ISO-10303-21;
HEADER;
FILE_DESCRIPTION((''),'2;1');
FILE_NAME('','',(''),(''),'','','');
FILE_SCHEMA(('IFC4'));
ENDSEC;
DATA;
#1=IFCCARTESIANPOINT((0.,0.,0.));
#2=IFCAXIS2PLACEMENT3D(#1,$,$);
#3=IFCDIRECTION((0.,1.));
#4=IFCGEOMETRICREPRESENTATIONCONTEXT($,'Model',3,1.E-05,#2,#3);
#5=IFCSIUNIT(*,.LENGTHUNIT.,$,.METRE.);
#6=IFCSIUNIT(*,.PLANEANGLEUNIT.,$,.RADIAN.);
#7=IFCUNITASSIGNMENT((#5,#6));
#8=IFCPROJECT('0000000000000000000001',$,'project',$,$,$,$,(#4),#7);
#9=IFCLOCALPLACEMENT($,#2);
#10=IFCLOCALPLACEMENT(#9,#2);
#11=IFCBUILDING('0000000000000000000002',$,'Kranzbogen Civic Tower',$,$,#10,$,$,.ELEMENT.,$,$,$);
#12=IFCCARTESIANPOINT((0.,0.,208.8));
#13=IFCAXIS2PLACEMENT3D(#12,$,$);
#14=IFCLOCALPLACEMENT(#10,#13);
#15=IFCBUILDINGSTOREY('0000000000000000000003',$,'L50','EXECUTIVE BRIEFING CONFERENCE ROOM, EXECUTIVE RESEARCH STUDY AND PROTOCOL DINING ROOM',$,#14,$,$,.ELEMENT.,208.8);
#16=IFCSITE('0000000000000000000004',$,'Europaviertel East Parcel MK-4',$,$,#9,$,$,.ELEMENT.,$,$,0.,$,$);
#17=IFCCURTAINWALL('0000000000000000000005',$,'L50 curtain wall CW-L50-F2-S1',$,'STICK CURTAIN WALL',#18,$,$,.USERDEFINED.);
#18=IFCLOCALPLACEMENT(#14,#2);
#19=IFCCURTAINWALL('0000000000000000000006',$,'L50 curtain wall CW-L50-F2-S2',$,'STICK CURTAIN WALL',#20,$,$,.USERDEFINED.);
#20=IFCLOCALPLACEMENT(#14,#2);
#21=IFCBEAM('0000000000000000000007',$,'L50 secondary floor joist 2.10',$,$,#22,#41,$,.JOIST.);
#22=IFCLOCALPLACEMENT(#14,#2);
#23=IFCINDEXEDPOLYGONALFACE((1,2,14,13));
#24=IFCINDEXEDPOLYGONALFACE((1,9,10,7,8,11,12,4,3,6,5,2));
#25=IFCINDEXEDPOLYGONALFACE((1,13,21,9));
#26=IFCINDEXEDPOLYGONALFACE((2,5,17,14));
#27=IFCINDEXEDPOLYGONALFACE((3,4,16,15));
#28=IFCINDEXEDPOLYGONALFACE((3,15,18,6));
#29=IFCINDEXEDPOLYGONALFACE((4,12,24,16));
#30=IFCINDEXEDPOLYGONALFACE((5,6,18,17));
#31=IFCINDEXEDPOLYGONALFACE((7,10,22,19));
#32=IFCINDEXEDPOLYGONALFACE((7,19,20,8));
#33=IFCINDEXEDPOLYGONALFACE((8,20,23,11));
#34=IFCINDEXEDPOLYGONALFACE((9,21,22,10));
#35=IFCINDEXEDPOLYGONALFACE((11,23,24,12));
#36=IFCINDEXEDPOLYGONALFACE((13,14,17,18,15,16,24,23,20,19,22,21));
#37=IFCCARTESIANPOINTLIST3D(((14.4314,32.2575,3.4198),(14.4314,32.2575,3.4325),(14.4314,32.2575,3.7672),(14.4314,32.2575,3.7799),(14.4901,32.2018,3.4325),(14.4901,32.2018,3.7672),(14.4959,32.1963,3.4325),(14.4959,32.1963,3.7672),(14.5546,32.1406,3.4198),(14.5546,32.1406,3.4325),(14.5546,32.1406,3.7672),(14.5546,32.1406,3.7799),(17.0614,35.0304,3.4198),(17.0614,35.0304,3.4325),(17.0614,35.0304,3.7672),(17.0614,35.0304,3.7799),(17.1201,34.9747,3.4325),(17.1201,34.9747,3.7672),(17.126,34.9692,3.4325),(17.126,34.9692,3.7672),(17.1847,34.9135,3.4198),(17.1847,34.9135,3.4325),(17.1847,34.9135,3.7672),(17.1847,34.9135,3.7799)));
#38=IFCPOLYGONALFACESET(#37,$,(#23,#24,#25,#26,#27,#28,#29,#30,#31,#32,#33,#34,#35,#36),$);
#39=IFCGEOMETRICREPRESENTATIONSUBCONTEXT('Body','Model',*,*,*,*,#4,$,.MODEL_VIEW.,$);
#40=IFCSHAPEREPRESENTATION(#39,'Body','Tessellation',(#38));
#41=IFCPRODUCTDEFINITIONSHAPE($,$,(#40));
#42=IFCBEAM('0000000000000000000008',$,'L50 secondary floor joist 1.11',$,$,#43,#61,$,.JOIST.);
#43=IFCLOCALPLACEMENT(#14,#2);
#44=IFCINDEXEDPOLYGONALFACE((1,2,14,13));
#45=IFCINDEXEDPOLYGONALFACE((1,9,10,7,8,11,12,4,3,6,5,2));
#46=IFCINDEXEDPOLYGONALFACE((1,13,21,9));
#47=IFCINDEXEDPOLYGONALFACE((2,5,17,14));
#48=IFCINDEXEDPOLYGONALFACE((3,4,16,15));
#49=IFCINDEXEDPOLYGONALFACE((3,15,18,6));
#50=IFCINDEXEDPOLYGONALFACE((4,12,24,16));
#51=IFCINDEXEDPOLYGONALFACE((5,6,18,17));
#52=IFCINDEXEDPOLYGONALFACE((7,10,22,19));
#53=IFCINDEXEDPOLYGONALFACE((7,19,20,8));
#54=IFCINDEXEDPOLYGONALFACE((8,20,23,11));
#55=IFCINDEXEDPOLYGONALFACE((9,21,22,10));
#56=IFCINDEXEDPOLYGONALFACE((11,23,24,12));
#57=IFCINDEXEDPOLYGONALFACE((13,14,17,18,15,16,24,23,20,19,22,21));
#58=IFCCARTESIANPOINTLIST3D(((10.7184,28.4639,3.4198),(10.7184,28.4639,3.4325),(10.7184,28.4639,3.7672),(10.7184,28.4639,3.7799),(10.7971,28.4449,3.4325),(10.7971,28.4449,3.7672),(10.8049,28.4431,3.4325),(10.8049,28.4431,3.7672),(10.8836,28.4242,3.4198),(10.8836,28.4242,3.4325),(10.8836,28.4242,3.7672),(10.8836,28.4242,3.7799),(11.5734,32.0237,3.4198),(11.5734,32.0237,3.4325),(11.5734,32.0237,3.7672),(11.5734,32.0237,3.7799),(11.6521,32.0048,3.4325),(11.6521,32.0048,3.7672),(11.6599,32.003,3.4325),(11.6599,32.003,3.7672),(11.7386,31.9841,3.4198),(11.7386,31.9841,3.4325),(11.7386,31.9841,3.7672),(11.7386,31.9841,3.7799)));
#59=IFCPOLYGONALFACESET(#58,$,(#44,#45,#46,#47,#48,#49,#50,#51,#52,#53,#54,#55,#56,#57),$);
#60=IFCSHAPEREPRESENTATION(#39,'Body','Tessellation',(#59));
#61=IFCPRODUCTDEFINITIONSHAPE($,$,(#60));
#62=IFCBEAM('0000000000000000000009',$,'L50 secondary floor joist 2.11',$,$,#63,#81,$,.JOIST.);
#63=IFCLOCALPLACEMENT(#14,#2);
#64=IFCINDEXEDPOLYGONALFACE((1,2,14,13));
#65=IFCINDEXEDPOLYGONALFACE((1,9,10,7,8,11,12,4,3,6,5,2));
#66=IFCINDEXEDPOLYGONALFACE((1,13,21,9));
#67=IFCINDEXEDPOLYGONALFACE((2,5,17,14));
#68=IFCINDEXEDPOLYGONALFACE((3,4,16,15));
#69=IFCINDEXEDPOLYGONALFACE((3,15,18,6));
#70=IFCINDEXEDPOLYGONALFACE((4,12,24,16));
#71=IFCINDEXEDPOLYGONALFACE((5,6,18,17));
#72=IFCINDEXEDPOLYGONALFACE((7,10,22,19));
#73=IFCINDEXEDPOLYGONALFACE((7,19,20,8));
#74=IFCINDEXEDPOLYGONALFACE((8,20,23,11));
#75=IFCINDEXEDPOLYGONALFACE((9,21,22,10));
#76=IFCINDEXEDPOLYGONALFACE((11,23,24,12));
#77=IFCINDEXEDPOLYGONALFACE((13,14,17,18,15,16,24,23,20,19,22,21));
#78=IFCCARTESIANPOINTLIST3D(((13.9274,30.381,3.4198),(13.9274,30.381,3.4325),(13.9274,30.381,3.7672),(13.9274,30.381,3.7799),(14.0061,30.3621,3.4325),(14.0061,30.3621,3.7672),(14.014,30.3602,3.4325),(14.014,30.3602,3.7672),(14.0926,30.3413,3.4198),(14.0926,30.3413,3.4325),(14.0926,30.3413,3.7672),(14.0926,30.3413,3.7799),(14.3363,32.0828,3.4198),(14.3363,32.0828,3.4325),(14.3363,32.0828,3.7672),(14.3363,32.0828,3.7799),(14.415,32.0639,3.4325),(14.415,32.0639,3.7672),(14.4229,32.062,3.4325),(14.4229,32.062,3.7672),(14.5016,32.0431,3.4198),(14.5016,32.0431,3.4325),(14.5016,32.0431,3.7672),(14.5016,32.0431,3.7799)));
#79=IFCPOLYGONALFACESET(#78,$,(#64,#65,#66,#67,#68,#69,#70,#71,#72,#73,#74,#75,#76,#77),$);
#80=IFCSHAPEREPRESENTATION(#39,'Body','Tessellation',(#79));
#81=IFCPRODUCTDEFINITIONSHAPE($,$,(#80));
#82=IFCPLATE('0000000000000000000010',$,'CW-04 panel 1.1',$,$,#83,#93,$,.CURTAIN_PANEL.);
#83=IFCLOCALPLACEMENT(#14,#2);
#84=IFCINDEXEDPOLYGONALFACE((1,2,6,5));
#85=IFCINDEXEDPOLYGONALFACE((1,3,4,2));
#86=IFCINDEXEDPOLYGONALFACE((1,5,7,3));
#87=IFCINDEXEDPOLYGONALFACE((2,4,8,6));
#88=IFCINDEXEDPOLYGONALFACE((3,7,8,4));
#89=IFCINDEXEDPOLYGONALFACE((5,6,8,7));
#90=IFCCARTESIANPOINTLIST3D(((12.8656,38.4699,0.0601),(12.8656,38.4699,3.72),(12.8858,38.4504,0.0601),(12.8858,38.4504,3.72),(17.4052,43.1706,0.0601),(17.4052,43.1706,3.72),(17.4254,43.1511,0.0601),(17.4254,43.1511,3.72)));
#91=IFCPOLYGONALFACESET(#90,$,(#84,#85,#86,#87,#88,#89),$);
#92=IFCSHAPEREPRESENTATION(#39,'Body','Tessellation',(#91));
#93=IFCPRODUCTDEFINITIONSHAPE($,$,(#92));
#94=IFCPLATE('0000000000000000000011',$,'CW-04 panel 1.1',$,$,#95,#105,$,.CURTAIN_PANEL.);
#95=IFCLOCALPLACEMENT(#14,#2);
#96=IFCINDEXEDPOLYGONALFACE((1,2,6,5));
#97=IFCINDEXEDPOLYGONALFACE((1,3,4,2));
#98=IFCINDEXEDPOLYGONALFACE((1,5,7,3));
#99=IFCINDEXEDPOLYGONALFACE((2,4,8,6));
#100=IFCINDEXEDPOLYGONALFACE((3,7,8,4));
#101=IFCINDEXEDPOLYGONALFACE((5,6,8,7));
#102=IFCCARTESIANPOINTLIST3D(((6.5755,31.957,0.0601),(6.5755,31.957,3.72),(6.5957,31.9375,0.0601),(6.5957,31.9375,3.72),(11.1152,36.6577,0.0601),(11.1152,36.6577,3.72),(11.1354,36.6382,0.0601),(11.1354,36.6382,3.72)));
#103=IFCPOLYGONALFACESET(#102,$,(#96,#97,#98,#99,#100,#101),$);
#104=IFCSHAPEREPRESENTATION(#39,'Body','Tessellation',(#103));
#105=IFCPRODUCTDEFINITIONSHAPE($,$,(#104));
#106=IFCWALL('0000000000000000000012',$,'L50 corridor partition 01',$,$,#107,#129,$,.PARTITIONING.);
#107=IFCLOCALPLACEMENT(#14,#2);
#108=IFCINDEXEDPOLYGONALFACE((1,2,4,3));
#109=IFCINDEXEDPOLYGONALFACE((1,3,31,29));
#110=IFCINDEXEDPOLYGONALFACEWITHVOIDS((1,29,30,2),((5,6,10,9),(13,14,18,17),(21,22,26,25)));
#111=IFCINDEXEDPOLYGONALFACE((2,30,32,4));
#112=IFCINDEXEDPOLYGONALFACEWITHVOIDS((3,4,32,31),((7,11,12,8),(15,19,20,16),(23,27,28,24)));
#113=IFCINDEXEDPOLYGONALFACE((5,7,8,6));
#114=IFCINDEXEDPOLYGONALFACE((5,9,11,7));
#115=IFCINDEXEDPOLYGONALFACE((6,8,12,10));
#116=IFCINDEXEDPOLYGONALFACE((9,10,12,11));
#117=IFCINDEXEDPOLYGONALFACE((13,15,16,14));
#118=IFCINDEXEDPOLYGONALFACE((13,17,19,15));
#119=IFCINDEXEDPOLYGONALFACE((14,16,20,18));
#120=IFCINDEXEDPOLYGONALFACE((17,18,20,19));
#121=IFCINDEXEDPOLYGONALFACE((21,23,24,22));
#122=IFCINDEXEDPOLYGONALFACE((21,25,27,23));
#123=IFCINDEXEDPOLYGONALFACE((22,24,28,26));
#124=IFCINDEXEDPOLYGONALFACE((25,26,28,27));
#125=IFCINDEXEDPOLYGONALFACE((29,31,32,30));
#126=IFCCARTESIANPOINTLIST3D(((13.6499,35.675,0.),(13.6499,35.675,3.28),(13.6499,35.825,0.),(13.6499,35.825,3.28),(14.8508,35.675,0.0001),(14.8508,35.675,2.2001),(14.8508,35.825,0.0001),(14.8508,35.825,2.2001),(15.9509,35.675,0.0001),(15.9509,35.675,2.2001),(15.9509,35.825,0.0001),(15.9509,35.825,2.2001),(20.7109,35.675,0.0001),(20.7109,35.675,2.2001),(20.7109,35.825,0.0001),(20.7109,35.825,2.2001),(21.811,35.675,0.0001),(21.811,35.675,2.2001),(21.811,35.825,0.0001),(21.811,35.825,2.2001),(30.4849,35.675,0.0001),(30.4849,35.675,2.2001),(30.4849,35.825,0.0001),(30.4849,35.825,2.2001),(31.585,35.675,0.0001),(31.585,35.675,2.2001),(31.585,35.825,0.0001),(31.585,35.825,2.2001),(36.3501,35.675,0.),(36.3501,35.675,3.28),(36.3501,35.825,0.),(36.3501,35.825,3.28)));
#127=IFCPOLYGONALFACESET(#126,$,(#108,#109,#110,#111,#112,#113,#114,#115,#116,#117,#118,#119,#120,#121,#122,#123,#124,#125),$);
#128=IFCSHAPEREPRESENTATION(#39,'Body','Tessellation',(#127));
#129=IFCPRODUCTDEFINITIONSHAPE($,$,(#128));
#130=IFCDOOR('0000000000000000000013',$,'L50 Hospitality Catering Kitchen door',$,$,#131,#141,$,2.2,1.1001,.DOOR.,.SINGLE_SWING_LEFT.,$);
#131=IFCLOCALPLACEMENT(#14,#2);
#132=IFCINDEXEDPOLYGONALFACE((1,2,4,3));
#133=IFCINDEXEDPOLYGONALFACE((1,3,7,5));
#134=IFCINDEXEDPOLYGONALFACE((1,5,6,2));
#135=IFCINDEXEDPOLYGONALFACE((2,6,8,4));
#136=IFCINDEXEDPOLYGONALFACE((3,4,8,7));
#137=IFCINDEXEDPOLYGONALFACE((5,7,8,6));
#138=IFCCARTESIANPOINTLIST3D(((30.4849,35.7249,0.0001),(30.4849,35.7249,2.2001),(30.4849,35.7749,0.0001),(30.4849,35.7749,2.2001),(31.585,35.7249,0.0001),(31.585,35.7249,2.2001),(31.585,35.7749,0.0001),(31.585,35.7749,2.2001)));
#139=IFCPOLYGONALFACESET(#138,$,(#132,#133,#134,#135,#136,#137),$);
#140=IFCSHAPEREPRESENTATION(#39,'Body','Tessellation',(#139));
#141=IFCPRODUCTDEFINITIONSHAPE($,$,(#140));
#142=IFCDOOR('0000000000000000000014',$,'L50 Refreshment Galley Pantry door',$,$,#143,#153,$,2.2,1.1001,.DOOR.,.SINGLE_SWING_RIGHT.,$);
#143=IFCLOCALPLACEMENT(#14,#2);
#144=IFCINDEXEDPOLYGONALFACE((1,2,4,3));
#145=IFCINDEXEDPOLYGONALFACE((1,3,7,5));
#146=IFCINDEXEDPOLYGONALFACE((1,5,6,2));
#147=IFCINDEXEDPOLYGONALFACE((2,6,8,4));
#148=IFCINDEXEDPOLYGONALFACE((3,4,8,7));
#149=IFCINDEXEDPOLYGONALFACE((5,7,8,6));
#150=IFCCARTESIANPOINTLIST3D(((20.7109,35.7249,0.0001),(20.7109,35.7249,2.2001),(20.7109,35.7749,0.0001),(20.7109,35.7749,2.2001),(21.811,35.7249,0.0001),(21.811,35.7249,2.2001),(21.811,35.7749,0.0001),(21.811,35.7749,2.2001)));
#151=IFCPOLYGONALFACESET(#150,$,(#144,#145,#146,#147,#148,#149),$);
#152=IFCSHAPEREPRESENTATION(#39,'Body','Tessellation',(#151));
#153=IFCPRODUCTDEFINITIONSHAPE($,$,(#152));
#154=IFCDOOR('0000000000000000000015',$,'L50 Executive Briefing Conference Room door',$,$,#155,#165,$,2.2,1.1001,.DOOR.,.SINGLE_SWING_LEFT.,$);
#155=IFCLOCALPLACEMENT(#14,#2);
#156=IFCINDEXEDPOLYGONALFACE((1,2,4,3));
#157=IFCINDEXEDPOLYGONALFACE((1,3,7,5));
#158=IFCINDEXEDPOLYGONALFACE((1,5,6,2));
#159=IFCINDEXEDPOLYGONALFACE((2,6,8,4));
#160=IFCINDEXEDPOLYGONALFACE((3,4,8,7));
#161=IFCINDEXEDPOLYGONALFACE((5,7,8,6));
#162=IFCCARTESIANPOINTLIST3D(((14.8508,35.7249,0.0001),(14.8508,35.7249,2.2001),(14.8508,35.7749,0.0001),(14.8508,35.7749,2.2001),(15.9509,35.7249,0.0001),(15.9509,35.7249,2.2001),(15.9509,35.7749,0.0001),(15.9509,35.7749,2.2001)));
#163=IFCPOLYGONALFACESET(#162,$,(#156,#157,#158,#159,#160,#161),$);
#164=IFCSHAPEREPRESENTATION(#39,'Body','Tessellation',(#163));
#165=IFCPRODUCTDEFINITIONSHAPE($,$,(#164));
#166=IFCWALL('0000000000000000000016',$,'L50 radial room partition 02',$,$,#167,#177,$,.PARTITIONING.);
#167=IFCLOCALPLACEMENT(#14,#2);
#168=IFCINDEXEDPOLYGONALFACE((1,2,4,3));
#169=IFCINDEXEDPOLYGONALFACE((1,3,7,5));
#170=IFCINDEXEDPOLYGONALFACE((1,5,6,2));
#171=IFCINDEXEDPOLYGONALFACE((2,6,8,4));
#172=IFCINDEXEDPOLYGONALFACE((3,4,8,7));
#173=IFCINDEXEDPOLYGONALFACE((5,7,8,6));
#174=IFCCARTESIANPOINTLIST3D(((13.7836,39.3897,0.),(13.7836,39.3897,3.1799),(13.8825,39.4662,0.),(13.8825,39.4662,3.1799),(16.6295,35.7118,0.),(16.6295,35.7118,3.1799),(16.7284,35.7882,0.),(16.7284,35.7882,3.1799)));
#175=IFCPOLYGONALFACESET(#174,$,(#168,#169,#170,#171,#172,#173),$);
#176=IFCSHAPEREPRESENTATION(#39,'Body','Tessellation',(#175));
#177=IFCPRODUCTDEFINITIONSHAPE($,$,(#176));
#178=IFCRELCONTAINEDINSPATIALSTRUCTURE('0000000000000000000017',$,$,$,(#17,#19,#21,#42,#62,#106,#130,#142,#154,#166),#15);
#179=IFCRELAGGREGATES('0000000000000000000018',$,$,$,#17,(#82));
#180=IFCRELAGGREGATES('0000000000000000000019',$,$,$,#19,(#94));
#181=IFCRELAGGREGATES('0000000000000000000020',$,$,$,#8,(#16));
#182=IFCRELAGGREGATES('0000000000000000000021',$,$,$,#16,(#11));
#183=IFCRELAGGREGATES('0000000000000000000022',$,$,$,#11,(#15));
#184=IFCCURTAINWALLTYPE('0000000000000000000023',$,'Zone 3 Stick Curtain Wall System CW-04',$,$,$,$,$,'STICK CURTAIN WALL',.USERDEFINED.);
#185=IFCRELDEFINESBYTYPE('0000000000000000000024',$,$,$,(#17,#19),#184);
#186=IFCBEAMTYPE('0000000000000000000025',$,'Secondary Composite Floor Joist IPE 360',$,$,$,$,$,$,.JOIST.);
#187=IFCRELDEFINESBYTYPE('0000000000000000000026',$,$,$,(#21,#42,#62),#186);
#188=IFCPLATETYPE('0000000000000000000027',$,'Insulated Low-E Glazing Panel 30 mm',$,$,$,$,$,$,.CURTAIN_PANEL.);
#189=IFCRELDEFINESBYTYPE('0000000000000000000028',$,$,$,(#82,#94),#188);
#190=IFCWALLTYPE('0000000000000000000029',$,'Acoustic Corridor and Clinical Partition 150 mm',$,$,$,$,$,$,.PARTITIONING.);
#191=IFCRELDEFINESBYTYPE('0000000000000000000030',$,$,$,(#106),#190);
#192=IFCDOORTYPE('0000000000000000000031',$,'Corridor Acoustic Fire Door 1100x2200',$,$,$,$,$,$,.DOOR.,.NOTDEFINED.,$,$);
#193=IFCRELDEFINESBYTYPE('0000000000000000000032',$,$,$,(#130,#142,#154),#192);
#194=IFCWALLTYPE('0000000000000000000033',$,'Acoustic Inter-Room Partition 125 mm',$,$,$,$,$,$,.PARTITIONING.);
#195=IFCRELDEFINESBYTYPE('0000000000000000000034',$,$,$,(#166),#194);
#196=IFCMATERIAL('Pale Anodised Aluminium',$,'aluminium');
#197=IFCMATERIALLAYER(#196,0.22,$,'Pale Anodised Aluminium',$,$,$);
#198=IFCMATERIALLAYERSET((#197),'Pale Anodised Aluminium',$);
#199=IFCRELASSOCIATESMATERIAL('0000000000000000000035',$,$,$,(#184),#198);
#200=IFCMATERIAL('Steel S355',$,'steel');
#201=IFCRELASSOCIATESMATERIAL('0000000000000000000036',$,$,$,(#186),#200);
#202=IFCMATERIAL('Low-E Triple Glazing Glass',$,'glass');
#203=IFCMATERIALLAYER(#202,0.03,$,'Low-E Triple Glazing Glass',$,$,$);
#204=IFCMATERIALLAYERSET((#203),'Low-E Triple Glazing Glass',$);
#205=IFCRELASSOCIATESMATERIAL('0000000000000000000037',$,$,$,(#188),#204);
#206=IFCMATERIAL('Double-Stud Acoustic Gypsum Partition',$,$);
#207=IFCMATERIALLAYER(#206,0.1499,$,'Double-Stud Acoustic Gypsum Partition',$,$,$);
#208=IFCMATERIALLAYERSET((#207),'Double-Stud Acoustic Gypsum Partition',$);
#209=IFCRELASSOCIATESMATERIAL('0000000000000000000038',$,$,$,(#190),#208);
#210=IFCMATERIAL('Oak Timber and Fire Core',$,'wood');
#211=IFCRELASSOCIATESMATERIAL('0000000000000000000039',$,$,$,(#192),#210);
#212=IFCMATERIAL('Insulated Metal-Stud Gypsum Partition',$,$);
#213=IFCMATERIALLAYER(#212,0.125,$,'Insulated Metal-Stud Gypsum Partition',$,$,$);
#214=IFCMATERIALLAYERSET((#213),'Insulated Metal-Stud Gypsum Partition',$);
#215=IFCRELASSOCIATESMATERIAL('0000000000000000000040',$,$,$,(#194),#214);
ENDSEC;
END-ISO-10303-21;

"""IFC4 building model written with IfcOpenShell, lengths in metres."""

from ifc_helpers import new_model, si_unit, direction, frame, frame_2d, origin, origin_2d, place, context, subcontext, project, spatial, rectangle, i_section, extrude, material, layer, layer_set, material_profile, profile_set, type_object, element, fill, aggregate, save


model = new_model("IFC4")

# Units and contexts
model_context = context("Model", 3, precision=1e-05, world=origin(), true_north=direction((0.0, 1.0)))
body_context = subcontext(model_context, "Body", "Model", "MODEL_VIEW")
ifc_project = project(units=[si_unit("LENGTHUNIT", "METRE"), si_unit("PLANEANGLEUNIT", "RADIAN")], contexts=[model_context])

# Site, building, storey
site_placement = place(None, origin())
site = spatial("IfcSite", under=ifc_project, at=site_placement, Name="Europaviertel East Parcel MK-4", CompositionType="ELEMENT", RefElevation=0.0)
building_placement = place(site_placement, origin())
building = spatial("IfcBuilding", under=site, at=building_placement, Name="Kranzbogen Civic Tower", CompositionType="ELEMENT")
storey_placement = place(building_placement, frame((0.0, 0.0, 208.8)))
storey = spatial("IfcBuildingStorey", under=building, at=storey_placement, Name="L50", Description="EXECUTIVE BRIEFING CONFERENCE ROOM, EXECUTIVE RESEARCH STUDY AND PROTOCOL DINING ROOM", CompositionType="ELEMENT", Elevation=208.8)

# Shared definitions
ifc_material_1 = material(Name="Steel S355", Category="steel")

# Shared definitions
ifc_material_2 = material(Name="Pale Anodised Aluminium", Category="aluminium")
ifc_layer_1 = layer(ifc_material_2, 0.22, Name="Pale Anodised Aluminium")
ifc_layer_set_1 = layer_set([ifc_layer_1], Name="Pale Anodised Aluminium")
curtain_wall_type = type_object("IfcCurtainWallType", Name="Zone 3 Stick Curtain Wall System CW-04", ElementType="STICK CURTAIN WALL", PredefinedType="USERDEFINED", material=ifc_layer_set_1)

# Curtain wall
curtain_wall_1_placement = place(storey_placement, origin())
curtain_wall_1 = element("IfcCurtainWall", 1, at=curtain_wall_1_placement, inside=storey, type_object=curtain_wall_type, Name="L50 curtain wall CW-L50-F2-S1", ObjectType="STICK CURTAIN WALL", PredefinedType="USERDEFINED")

# Curtain wall
curtain_wall_2_placement = place(storey_placement, origin())
curtain_wall_2 = element("IfcCurtainWall", 2, at=curtain_wall_2_placement, inside=storey, type_object=curtain_wall_type, Name="L50 curtain wall CW-L50-F2-S2", ObjectType="STICK CURTAIN WALL", PredefinedType="USERDEFINED")

# Beams
ifc_material_profile_1 = material_profile(ifc_material_1, i_section(OverallWidth=0.1699, OverallDepth=0.3601, WebThickness=0.0081, FlangeThickness=0.0127, at=origin_2d()), Name="IPE 360")
ifc_profile_set_1 = profile_set([ifc_material_profile_1], Name="Steel S355")
beam_type_1 = type_object("IfcBeamType", Name="Secondary Composite Floor Joist IPE 360", PredefinedType="JOIST", material=ifc_profile_set_1)
beam_1_placement = place(storey_placement, frame((17.123, 34.9719, 3.5999), z_axis=(-0.688175, -0.725545, 0.0), x_axis=(0.725545, -0.688175, 0.0)))
element("IfcBeam", 3, at=beam_1_placement, inside=storey, type_object=beam_type_1, Name="L50 secondary floor joist 2.10", PredefinedType="JOIST", context=body_context, shape_type="SweptSolid", body=[
    extrude(i_section(OverallWidth=0.1699, OverallDepth=0.3601, WebThickness=0.0081, FlangeThickness=0.0127, at=origin_2d()), origin(), (0.0, 0.0, 1.0), 3.8218),
])
beam_2_placement = place(storey_placement, frame((11.656, 32.0039, 3.5999), z_axis=(-0.233534, -0.972349, 0.0), x_axis=(0.972349, -0.233534, 0.0)))
element("IfcBeam", 4, at=beam_2_placement, inside=storey, type_object=beam_type_1, Name="L50 secondary floor joist 1.11", PredefinedType="JOIST", context=body_context, shape_type="SweptSolid", body=[
    extrude(i_section(OverallWidth=0.1699, OverallDepth=0.3601, WebThickness=0.0081, FlangeThickness=0.0127, at=origin_2d()), origin(), (0.0, 0.0, 1.0), 3.6611),
])
beam_3_placement = place(storey_placement, frame((14.4189, 32.063, 3.5999), z_axis=(-0.233631, -0.972325, 0.0), x_axis=(0.972325, -0.233631, 0.0)))
element("IfcBeam", 5, at=beam_3_placement, inside=storey, type_object=beam_type_1, Name="L50 secondary floor joist 2.11", PredefinedType="JOIST", context=body_context, shape_type="SweptSolid", body=[
    extrude(i_section(OverallWidth=0.1699, OverallDepth=0.3601, WebThickness=0.0081, FlangeThickness=0.0127, at=origin_2d()), origin(), (0.0, 0.0, 1.0), 1.7502),
])

# Plates
ifc_material_3 = material(Name="Low-E Triple Glazing Glass", Category="glass")
ifc_layer_2 = layer(ifc_material_3, 0.03, Name="Low-E Triple Glazing Glass")
ifc_layer_set_2 = layer_set([ifc_layer_2], Name="Low-E Triple Glazing Glass")
plate_type = type_object("IfcPlateType", Name="Insulated Low-E Glazing Panel 30 mm", PredefinedType="CURTAIN_PANEL", material=ifc_layer_set_2)
plate_1_placement = place(storey_placement, frame((15.1455, 40.8105, 0.0601), z_axis=(0.0, 0.0, 1.0), x_axis=(-0.694678, -0.719321, 0.0)))
plate_1 = element("IfcPlate", 6, at=plate_1_placement, type_object=plate_type, Name="CW-04 panel 1.1", PredefinedType="CURTAIN_PANEL", context=body_context, shape_type="SweptSolid", body=[
    extrude(rectangle(XDim=6.5349, YDim=0.0281, at=origin_2d()), origin(), (0.0, 0.0, 1.0), 3.6599),
])
aggregate(curtain_wall_1, [plate_1])
plate_2_placement = place(storey_placement, frame((8.8555, 34.2976, 0.0601), z_axis=(0.0, 0.0, 1.0), x_axis=(-0.694678, -0.719321, 0.0)))
plate_2 = element("IfcPlate", 7, at=plate_2_placement, type_object=plate_type, Name="CW-04 panel 1.1", PredefinedType="CURTAIN_PANEL", context=body_context, shape_type="SweptSolid", body=[
    extrude(rectangle(XDim=6.5349, YDim=0.0281, at=origin_2d()), origin(), (0.0, 0.0, 1.0), 3.6599),
])
aggregate(curtain_wall_2, [plate_2])

# Wall, openings, doors
ifc_material_4 = material(Name="Double-Stud Acoustic Gypsum Partition")
ifc_layer_3 = layer(ifc_material_4, 0.1499, Name="Double-Stud Acoustic Gypsum Partition")
ifc_layer_set_3 = layer_set([ifc_layer_3], Name="Double-Stud Acoustic Gypsum Partition")
wall_type_1 = type_object("IfcWallType", Name="Acoustic Corridor and Clinical Partition 150 mm", PredefinedType="PARTITIONING", material=ifc_layer_set_3)
wall_1_placement = place(storey_placement, frame((13.6499, 35.75, 0.0), z_axis=(0.0, 0.0, 1.0), x_axis=(1.0, 0.0, 0.0)))
wall_1 = element("IfcWall", 8, at=wall_1_placement, inside=storey, type_object=wall_type_1, Name="L50 corridor partition 01", PredefinedType="PARTITIONING", context=body_context, shape_type="SweptSolid", body=[
    extrude(rectangle(XDim=22.7002, YDim=0.1499, at=frame_2d((11.3501, 0.0))), origin(), (0.0, 0.0, 1.0), 3.28),
])
opening_1_placement = place(wall_1_placement, frame((16.835, 0.0, 0.0)))
opening_1 = element("IfcOpeningElement", 9, at=opening_1_placement, cuts=wall_1, PredefinedType="OPENING", context=body_context, shape_type="SweptSolid", body=[
    extrude(rectangle(XDim=1.1001, YDim=2.2, at=frame_2d((0.55, 1.1001))), frame((0.0, 0.085, 0.0), z_axis=(0.0, -1.0, 0.0), x_axis=(1.0, 0.0, 0.0)), (0.0, 0.0, 1.0), 0.1699),
])
opening_2_placement = place(wall_1_placement, frame((7.061, 0.0, 0.0)))
opening_2 = element("IfcOpeningElement", 10, at=opening_2_placement, cuts=wall_1, PredefinedType="OPENING", context=body_context, shape_type="SweptSolid", body=[
    extrude(rectangle(XDim=1.1001, YDim=2.2, at=frame_2d((0.55, 1.1001))), frame((0.0, 0.085, 0.0), z_axis=(0.0, -1.0, 0.0), x_axis=(1.0, 0.0, 0.0)), (0.0, 0.0, 1.0), 0.1699),
])
opening_3_placement = place(wall_1_placement, frame((1.2009, 0.0, 0.0)))
opening_3 = element("IfcOpeningElement", 11, at=opening_3_placement, cuts=wall_1, PredefinedType="OPENING", context=body_context, shape_type="SweptSolid", body=[
    extrude(rectangle(XDim=1.1001, YDim=2.2, at=frame_2d((0.55, 1.1001))), frame((0.0, 0.085, 0.0), z_axis=(0.0, -1.0, 0.0), x_axis=(1.0, 0.0, 0.0)), (0.0, 0.0, 1.0), 0.1699),
])
ifc_material_5 = material(Name="Oak Timber and Fire Core", Category="wood")
door_type_1 = type_object("IfcDoorType", Name="Corridor Acoustic Fire Door 1100x2200", OperationType="NOTDEFINED", PredefinedType="DOOR", material=ifc_material_5)
door_1_placement = place(opening_1_placement, origin())
door_1 = element("IfcDoor", 12, at=door_1_placement, inside=storey, type_object=door_type_1, Name="L50 Hospitality Catering Kitchen door", OperationType="SINGLE_SWING_LEFT", OverallHeight=2.2, OverallWidth=1.1001, PredefinedType="DOOR", context=body_context, shape_type="SweptSolid", body=[
    extrude(rectangle(XDim=1.1001, YDim=2.2, at=frame_2d((0.55, 1.1001))), frame((0.0, 0.0249, 0.0), z_axis=(0.0, -1.0, 0.0), x_axis=(1.0, 0.0, 0.0)), (0.0, 0.0, 1.0), 0.05),
])
fill(opening_1, door_1)
door_2_placement = place(opening_2_placement, origin())
door_2 = element("IfcDoor", 13, at=door_2_placement, inside=storey, type_object=door_type_1, Name="L50 Refreshment Galley Pantry door", OperationType="SINGLE_SWING_RIGHT", OverallHeight=2.2, OverallWidth=1.1001, PredefinedType="DOOR", context=body_context, shape_type="SweptSolid", body=[
    extrude(rectangle(XDim=1.1001, YDim=2.2, at=frame_2d((0.55, 1.1001))), frame((0.0, 0.0249, 0.0), z_axis=(0.0, -1.0, 0.0), x_axis=(1.0, 0.0, 0.0)), (0.0, 0.0, 1.0), 0.05),
])
fill(opening_2, door_2)
door_3_placement = place(opening_3_placement, origin())
door_3 = element("IfcDoor", 14, at=door_3_placement, inside=storey, type_object=door_type_1, Name="L50 Executive Briefing Conference Room door", OperationType="SINGLE_SWING_LEFT", OverallHeight=2.2, OverallWidth=1.1001, PredefinedType="DOOR", context=body_context, shape_type="SweptSolid", body=[
    extrude(rectangle(XDim=1.1001, YDim=2.2, at=frame_2d((0.55, 1.1001))), frame((0.0, 0.0249, 0.0), z_axis=(0.0, -1.0, 0.0), x_axis=(1.0, 0.0, 0.0)), (0.0, 0.0, 1.0), 0.05),
])
fill(opening_3, door_3)

# Wall
ifc_material_6 = material(Name="Insulated Metal-Stud Gypsum Partition")
ifc_layer_4 = layer(ifc_material_6, 0.125, Name="Insulated Metal-Stud Gypsum Partition")
ifc_layer_set_4 = layer_set([ifc_layer_4], Name="Insulated Metal-Stud Gypsum Partition")
wall_type_2 = type_object("IfcWallType", Name="Acoustic Inter-Room Partition 125 mm", PredefinedType="PARTITIONING", material=ifc_layer_set_4)
wall_2_placement = place(storey_placement, frame((16.679, 35.75, 0.0), z_axis=(0.0, 0.0, 1.0), x_axis=(-0.611969, 0.790882, 0.0)))
element("IfcWall", 15, at=wall_2_placement, inside=storey, type_object=wall_type_2, Name="L50 radial room partition 02", PredefinedType="PARTITIONING", context=body_context, shape_type="SweptSolid", body=[
    extrude(rectangle(XDim=4.6504, YDim=0.125, at=frame_2d((2.3252, 0.0))), origin(), (0.0, 0.0, 1.0), 3.1799),
])

save(model, "model.ifc")
